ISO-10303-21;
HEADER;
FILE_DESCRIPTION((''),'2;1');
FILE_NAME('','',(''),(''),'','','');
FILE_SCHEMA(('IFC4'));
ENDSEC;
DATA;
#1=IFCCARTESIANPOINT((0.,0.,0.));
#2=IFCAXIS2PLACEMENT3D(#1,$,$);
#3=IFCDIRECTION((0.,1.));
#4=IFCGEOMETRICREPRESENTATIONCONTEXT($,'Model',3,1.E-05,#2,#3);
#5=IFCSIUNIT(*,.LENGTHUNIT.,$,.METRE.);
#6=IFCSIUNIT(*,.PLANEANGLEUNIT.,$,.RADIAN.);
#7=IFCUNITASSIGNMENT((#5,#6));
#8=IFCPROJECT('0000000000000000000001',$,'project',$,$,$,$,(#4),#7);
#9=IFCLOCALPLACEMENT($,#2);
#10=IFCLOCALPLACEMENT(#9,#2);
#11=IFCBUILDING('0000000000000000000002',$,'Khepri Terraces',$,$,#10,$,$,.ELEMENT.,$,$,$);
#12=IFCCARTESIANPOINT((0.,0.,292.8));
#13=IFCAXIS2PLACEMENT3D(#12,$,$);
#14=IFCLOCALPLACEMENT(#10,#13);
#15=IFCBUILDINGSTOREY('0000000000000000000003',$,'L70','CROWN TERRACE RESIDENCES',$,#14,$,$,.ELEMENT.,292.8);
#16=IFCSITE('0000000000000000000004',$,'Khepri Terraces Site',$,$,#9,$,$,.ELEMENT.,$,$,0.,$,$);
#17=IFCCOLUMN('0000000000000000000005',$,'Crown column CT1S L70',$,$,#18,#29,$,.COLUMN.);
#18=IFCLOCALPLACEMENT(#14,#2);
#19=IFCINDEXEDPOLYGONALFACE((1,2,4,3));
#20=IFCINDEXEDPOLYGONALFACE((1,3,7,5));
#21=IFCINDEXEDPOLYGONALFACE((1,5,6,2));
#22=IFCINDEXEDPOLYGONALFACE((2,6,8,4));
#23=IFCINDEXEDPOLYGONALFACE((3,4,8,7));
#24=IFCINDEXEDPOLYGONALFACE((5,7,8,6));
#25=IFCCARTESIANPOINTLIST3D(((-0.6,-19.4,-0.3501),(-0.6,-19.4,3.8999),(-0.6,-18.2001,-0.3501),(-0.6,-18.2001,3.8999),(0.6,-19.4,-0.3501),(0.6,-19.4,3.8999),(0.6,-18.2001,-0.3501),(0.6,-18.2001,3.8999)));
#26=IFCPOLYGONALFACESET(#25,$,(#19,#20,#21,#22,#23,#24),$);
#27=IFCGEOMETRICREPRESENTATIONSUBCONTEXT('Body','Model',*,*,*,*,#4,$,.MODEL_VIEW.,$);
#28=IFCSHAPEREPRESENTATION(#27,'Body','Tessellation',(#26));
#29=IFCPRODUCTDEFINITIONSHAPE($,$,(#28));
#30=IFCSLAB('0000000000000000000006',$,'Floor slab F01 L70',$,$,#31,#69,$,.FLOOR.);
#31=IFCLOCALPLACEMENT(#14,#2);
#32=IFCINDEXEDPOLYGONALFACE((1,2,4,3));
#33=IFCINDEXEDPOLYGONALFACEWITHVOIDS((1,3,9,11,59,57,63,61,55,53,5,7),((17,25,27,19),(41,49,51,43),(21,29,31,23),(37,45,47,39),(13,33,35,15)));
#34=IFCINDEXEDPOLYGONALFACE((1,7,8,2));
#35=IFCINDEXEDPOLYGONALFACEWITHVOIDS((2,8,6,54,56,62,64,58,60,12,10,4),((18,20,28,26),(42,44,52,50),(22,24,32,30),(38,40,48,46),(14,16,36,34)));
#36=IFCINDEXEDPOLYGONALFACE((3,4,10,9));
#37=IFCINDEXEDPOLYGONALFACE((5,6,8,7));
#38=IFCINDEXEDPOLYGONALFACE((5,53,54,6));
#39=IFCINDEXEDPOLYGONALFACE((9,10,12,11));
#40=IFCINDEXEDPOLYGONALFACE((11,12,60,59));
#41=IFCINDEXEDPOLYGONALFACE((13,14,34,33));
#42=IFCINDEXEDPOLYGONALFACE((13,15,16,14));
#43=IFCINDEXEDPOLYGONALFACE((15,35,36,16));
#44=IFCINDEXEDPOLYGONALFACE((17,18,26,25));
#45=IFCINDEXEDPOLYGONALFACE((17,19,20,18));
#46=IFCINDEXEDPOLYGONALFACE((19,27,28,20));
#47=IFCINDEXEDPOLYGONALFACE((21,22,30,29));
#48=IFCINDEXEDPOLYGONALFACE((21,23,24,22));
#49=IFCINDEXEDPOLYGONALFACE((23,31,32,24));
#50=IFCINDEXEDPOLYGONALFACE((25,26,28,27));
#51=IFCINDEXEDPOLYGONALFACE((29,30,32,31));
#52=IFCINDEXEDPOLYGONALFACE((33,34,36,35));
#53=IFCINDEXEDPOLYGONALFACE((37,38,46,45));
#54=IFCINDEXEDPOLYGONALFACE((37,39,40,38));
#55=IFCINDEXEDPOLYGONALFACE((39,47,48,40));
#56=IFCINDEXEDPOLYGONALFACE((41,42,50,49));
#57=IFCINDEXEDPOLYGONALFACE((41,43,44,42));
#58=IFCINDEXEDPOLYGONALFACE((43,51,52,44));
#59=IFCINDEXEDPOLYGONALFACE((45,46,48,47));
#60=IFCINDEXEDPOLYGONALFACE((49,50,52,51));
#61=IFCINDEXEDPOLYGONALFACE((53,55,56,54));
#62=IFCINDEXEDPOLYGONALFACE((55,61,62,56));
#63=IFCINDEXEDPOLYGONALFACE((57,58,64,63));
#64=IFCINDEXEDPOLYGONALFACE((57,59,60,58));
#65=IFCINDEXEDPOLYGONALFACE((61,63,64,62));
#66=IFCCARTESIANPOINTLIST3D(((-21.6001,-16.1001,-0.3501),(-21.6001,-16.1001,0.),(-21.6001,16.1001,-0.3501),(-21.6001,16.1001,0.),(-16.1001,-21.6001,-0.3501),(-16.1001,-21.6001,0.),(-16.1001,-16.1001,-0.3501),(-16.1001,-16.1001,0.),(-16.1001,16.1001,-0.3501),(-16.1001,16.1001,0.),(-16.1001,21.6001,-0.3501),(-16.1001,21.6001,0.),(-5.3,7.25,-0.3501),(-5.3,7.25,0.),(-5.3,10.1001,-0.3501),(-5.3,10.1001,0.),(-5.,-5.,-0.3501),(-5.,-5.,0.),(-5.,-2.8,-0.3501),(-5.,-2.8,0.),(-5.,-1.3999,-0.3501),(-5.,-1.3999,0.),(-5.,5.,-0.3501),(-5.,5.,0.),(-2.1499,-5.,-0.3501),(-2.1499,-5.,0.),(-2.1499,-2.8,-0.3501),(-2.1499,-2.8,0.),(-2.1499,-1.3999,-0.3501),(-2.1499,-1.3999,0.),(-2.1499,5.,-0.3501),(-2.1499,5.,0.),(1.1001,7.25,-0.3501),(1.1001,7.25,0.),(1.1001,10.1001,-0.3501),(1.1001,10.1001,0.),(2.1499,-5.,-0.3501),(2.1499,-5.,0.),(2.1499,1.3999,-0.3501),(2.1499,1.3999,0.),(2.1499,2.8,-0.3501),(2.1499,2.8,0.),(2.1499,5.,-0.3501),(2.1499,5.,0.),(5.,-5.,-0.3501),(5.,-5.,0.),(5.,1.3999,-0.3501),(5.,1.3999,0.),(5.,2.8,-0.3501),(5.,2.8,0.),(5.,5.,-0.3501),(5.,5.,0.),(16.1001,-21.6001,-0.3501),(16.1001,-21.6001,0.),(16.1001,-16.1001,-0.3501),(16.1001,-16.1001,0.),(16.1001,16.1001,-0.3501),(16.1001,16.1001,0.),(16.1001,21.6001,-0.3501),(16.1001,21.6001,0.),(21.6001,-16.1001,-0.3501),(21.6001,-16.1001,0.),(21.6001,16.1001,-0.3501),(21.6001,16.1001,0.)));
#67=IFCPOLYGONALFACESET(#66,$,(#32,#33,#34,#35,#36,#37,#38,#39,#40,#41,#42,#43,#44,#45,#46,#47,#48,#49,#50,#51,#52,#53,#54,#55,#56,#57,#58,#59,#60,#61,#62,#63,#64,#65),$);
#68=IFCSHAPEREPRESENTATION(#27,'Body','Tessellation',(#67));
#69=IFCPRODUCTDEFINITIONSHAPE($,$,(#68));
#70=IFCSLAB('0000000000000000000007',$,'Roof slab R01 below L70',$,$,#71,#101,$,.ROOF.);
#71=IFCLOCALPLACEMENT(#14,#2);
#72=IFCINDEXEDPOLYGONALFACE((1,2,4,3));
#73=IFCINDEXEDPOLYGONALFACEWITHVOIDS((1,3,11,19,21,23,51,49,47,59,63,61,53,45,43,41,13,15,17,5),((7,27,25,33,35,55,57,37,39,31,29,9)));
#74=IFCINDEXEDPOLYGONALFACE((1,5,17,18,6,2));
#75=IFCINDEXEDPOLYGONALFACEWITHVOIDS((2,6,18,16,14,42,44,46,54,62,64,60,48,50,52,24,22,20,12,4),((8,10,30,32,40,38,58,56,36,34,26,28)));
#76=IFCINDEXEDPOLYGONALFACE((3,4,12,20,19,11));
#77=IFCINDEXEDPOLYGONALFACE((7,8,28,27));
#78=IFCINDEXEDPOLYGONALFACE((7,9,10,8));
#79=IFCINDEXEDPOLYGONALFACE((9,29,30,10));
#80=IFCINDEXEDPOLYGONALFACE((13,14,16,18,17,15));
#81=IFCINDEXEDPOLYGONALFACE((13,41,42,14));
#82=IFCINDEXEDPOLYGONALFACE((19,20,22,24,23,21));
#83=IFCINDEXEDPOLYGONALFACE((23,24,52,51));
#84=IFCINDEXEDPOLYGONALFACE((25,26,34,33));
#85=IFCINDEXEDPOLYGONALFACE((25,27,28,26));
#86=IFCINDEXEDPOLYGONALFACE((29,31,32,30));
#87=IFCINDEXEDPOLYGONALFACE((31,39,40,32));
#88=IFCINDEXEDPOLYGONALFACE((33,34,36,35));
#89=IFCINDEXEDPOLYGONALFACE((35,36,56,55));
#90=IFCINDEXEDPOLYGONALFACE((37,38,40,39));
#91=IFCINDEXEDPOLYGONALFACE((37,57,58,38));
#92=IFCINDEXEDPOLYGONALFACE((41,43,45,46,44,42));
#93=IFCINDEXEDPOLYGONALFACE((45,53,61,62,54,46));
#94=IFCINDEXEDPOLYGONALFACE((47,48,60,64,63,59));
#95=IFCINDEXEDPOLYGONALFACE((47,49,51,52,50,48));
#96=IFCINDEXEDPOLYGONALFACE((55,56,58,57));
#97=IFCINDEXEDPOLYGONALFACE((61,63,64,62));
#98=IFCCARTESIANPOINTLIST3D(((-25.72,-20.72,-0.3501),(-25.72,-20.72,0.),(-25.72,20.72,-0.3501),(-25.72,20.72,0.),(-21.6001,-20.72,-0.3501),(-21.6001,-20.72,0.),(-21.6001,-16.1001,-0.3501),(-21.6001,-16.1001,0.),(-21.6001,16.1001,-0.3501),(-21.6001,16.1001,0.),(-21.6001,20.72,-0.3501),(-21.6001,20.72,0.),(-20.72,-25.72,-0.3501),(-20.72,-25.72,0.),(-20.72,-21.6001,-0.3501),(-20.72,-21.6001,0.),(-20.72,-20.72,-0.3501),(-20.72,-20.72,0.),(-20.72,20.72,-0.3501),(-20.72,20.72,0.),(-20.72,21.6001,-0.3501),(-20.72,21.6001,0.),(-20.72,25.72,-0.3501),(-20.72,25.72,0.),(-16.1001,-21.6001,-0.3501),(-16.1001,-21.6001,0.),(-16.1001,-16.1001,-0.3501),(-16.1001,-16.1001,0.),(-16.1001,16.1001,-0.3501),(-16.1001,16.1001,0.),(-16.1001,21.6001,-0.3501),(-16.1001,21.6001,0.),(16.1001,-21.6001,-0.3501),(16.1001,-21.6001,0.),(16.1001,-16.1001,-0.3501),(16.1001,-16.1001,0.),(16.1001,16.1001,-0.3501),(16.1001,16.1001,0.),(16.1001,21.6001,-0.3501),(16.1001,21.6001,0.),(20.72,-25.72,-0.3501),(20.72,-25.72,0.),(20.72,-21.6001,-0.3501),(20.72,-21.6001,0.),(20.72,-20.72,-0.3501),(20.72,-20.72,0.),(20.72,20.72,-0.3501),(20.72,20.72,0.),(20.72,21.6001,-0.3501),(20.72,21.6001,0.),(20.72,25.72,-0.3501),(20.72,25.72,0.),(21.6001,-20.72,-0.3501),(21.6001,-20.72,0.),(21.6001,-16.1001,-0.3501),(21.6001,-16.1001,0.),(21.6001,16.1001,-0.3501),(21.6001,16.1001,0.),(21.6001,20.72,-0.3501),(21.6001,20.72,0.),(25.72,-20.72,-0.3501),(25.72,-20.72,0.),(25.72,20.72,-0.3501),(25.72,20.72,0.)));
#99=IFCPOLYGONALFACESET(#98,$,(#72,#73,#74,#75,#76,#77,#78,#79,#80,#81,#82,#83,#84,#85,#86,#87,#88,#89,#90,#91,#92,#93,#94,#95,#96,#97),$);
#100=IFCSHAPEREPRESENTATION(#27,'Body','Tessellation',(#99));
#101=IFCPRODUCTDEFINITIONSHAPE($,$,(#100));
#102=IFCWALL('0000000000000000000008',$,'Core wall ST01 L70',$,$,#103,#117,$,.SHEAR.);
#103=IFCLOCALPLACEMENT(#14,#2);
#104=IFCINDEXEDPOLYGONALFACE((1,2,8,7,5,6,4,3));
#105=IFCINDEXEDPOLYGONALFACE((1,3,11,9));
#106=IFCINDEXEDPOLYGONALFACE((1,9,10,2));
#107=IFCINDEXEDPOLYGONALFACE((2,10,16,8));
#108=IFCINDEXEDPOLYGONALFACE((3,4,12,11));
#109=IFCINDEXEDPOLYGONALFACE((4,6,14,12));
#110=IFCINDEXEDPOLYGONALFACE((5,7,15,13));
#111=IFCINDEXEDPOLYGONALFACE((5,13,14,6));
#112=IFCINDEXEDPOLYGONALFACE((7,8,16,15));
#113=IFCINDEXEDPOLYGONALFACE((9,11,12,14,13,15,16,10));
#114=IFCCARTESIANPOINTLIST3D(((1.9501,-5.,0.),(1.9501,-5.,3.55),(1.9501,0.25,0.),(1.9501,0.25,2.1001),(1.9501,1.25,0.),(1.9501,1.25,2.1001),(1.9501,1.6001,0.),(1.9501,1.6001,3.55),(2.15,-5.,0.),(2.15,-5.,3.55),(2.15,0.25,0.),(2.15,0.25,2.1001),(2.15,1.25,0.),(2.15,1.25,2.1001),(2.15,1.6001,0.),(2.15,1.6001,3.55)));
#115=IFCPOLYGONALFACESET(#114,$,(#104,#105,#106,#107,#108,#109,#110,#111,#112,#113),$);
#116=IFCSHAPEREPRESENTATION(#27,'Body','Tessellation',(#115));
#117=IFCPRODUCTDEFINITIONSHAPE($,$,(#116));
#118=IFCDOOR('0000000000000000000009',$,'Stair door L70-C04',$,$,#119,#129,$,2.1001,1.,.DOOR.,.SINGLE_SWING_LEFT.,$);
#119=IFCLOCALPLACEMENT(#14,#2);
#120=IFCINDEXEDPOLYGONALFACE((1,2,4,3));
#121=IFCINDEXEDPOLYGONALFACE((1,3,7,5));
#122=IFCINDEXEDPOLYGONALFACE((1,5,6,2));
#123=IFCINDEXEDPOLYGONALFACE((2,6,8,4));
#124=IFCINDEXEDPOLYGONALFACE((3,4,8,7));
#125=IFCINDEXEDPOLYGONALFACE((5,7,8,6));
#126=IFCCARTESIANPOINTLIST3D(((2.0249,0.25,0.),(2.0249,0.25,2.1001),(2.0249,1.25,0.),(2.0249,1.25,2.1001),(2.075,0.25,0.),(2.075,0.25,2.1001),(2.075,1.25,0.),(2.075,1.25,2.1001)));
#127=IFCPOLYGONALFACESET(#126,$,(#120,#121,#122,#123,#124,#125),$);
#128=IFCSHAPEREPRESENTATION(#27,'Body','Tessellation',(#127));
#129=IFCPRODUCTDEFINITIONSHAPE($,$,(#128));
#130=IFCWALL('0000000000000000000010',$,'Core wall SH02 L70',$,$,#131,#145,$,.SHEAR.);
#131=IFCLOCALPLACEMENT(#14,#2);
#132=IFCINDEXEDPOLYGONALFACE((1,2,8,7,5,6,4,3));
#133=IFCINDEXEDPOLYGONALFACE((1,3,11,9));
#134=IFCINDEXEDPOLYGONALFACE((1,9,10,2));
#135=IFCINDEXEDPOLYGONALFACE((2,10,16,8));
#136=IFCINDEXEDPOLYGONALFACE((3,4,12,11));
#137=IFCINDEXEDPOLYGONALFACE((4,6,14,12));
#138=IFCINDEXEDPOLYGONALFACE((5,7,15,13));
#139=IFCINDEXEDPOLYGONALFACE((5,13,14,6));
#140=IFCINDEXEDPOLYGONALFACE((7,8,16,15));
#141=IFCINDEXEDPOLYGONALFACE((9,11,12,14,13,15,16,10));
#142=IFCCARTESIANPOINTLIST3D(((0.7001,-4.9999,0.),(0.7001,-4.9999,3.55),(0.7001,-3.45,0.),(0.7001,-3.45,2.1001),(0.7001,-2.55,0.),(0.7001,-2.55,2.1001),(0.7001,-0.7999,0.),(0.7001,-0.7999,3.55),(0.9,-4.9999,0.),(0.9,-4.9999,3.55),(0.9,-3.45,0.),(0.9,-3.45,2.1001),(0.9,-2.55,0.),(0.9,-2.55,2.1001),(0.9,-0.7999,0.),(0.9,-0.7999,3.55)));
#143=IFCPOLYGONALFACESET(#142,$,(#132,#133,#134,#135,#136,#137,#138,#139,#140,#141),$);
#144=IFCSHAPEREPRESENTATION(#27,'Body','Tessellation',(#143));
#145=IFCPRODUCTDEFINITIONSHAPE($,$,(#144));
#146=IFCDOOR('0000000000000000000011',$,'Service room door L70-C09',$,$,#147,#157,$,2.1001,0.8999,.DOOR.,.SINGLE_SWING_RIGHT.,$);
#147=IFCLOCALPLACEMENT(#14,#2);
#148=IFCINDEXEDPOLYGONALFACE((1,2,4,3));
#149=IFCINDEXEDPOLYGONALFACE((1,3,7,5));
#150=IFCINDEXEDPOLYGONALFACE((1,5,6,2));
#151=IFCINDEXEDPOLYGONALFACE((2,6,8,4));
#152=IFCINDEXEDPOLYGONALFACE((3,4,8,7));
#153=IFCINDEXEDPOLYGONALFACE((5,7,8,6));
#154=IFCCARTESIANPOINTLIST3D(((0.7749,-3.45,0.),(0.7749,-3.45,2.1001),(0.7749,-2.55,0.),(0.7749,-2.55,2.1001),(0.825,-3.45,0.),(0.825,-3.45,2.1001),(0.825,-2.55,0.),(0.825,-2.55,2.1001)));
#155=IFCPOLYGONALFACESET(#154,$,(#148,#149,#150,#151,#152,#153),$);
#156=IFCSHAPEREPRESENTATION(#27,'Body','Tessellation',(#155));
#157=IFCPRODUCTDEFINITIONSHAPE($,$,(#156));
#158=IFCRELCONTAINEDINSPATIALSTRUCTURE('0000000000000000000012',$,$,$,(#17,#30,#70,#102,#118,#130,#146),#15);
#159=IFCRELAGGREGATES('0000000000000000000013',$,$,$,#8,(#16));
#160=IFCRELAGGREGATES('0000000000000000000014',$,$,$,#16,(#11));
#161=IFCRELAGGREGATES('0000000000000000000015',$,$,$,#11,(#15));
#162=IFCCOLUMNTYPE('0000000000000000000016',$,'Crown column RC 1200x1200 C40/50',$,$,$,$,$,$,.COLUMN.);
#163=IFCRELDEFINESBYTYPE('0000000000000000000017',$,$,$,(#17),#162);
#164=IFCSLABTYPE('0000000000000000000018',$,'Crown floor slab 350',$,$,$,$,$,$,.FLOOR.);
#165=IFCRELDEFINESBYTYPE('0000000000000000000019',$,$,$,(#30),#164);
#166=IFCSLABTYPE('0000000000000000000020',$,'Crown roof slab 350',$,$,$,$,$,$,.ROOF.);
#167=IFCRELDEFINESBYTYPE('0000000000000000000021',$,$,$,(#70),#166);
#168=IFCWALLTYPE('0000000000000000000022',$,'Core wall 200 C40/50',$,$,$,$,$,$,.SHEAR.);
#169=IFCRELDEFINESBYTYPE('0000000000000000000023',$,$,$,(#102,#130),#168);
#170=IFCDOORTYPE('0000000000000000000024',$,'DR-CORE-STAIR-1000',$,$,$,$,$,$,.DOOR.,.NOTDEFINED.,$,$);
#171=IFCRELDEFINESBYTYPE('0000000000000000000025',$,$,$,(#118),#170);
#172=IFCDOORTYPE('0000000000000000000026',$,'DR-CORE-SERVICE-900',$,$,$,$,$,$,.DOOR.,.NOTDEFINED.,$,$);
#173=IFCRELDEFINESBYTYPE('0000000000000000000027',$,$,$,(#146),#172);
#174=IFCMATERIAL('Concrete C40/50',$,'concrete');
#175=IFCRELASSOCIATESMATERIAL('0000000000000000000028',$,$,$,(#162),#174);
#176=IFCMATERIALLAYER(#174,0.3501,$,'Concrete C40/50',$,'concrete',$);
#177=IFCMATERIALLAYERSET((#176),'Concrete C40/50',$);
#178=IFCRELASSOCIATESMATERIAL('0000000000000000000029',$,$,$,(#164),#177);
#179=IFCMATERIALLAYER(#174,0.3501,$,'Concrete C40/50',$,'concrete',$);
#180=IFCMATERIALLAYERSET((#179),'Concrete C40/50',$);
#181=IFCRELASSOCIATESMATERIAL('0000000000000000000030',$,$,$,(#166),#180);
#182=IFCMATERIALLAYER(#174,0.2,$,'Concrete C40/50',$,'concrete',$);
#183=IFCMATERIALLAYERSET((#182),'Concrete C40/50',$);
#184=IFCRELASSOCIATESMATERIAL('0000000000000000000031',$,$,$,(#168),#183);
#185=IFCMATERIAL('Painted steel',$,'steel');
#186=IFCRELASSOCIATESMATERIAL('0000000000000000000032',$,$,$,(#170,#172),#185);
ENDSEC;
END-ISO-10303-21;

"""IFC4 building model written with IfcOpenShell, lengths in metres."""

from ifc_helpers import new_model, si_unit, direction, frame, frame_2d, origin, origin_2d, place, context, subcontext, project, spatial, polyline, rectangle, outline, extrude, material, layer, layer_set, material_profile, profile_set, type_object, element, fill, save


model = new_model("IFC4")

# Units and contexts
model_context = context("Model", 3, precision=1e-05, world=origin(), true_north=direction((0.0, 1.0)))
body_context = subcontext(model_context, "Body", "Model", "MODEL_VIEW")
ifc_project = project(units=[si_unit("LENGTHUNIT", "METRE"), si_unit("PLANEANGLEUNIT", "RADIAN")], contexts=[model_context])

# Site, building, storey
site_placement = place(None, origin())
site = spatial("IfcSite", under=ifc_project, at=site_placement, Name="Khepri Terraces Site", CompositionType="ELEMENT", RefElevation=0.0)
building_placement = place(site_placement, origin())
building = spatial("IfcBuilding", under=site, at=building_placement, Name="Khepri Terraces", CompositionType="ELEMENT")
storey_placement = place(building_placement, frame((0.0, 0.0, 292.8)))
storey = spatial("IfcBuildingStorey", under=building, at=storey_placement, Name="L70", Description="CROWN TERRACE RESIDENCES", CompositionType="ELEMENT", Elevation=292.8)

# Column
ifc_material_1 = material(Name="Concrete C40/50", Category="concrete")
ifc_material_profile = material_profile(ifc_material_1, rectangle(XDim=1.2, YDim=1.2, at=origin_2d()), Name="Concrete C40/50", Category="concrete")
ifc_profile_set = profile_set([ifc_material_profile], Name="Concrete C40/50")
column_type = type_object("IfcColumnType", Name="Crown column RC 1200x1200 C40/50", PredefinedType="COLUMN", material=ifc_profile_set)
column_placement = place(storey_placement, frame((0.0, -18.8, -0.3501), z_axis=(0.0, 0.0, 1.0), x_axis=(1.0, 0.0, 0.0)))
element("IfcColumn", 1, at=column_placement, inside=storey, type_object=column_type, Name="Crown column CT1S L70", PredefinedType="COLUMN", context=body_context, shape_type="SweptSolid", body=[
    extrude(rectangle(XDim=1.2, YDim=1.2, at=origin_2d()), origin(), (0.0, 0.0, 1.0), 4.25),
])

# Slabs
ifc_layer_1 = layer(ifc_material_1, 0.3501, Name="Concrete C40/50", Category="concrete")
ifc_layer_set_1 = layer_set([ifc_layer_1], Name="Concrete C40/50")
slab_type_1 = type_object("IfcSlabType", Name="Crown floor slab 350", PredefinedType="FLOOR", material=ifc_layer_set_1)
slab_1_placement = place(storey_placement, frame((0.0, 0.0, -0.3501)))
element("IfcSlab", 2, at=slab_1_placement, inside=storey, type_object=slab_type_1, Name="Floor slab F01 L70", PredefinedType="FLOOR", context=body_context, shape_type="SweptSolid", body=[
    extrude(outline(polyline([(-21.6001, -16.1001), (-21.6001, 16.1001), (-16.1001, 16.1001), (-16.1001, 21.6001), (16.1001, 21.6001), (16.1001, 16.1001), (21.6001, 16.1001), (21.6001, -16.1001), (16.1001, -16.1001), (16.1001, -21.6001), (-16.1001, -21.6001), (-16.1001, -16.1001), (-21.6001, -16.1001)]), holes=[polyline([(5.0, 5.0), (2.1499, 5.0), (2.1499, 2.8), (5.0, 2.8), (5.0, 5.0)]), polyline([(-2.1499, -5.0), (-2.1499, -2.8), (-5.0, -2.8), (-5.0, -5.0), (-2.1499, -5.0)]), polyline([(-5.0, -1.3999), (-2.1499, -1.3999), (-2.1499, 5.0), (-5.0, 5.0), (-5.0, -1.3999)]), polyline([(5.0, -5.0), (5.0, 1.3999), (2.1499, 1.3999), (2.1499, -5.0), (5.0, -5.0)]), polyline([(-5.3, 10.1001), (-5.3, 7.25), (1.1001, 7.25), (1.1001, 10.1001), (-5.3, 10.1001)])]), origin(), (0.0, 0.0, 1.0), 0.3501),
])
ifc_layer_2 = layer(ifc_material_1, 0.3501, Name="Concrete C40/50", Category="concrete")
ifc_layer_set_2 = layer_set([ifc_layer_2], Name="Concrete C40/50")
slab_type_2 = type_object("IfcSlabType", Name="Crown roof slab 350", PredefinedType="ROOF", material=ifc_layer_set_2)
slab_2_placement = place(storey_placement, frame((0.0, 0.0, -0.3501)))
element("IfcSlab", 3, at=slab_2_placement, inside=storey, type_object=slab_type_2, Name="Roof slab R01 below L70", PredefinedType="ROOF", context=body_context, shape_type="SweptSolid", body=[
    extrude(outline(polyline([(-20.72, -20.72), (-21.6001, -20.72), (-25.72, -20.72), (-25.72, 20.72), (-21.6001, 20.72), (-20.72, 20.72), (-20.72, 21.6001), (-20.72, 25.72), (20.72, 25.72), (20.72, 21.6001), (20.72, 20.72), (21.6001, 20.72), (25.72, 20.72), (25.72, -20.72), (21.6001, -20.72), (20.72, -20.72), (20.72, -21.6001), (20.72, -25.72), (-20.72, -25.72), (-20.72, -21.6001), (-20.72, -20.72)]), holes=[polyline([(-21.6001, -16.1001), (-16.1001, -16.1001), (-16.1001, -21.6001), (16.1001, -21.6001), (16.1001, -16.1001), (21.6001, -16.1001), (21.6001, 16.1001), (16.1001, 16.1001), (16.1001, 21.6001), (-16.1001, 21.6001), (-16.1001, 16.1001), (-21.6001, 16.1001), (-21.6001, -16.1001)])]), origin(), (0.0, 0.0, 1.0), 0.3501),
])

# Walls, openings, doors
ifc_layer_3 = layer(ifc_material_1, 0.2, Name="Concrete C40/50", Category="concrete")
ifc_layer_set_3 = layer_set([ifc_layer_3], Name="Concrete C40/50")
wall_type_1 = type_object("IfcWallType", Name="Core wall 200 C40/50", PredefinedType="SHEAR", material=ifc_layer_set_3)
wall_1_placement = place(storey_placement, frame((2.05, -5.0, 0.0), z_axis=(0.0, 0.0, 1.0), x_axis=(0.0, 1.0, 0.0)))
wall_1 = element("IfcWall", 4, at=wall_1_placement, inside=storey, type_object=wall_type_1, Name="Core wall ST01 L70", PredefinedType="SHEAR", context=body_context, shape_type="SweptSolid", body=[
    extrude(rectangle(XDim=6.6001, YDim=0.2, at=frame_2d((3.3, 0.0))), origin(), (0.0, 0.0, 1.0), 3.55),
])
opening_1_placement = place(wall_1_placement, frame((5.25, 0.0, 0.0)))
opening_1 = element("IfcOpeningElement", 5, at=opening_1_placement, cuts=wall_1, PredefinedType="OPENING", context=body_context, shape_type="SweptSolid", body=[
    extrude(rectangle(XDim=1.0, YDim=2.1001, at=frame_2d((0.5, 1.05))), frame((0.0, 0.1099, 0.0), z_axis=(0.0, -1.0, 0.0), x_axis=(1.0, 0.0, 0.0)), (0.0, 0.0, 1.0), 0.22),
])
ifc_material_2 = material(Name="Painted steel", Category="steel")
door_type_1 = type_object("IfcDoorType", Name="DR-CORE-STAIR-1000", OperationType="NOTDEFINED", PredefinedType="DOOR", material=ifc_material_2)
door_1_placement = place(opening_1_placement, frame((1.0, 0.0, 0.0), z_axis=(0.0, 0.0, 1.0), x_axis=(-1.0, 0.0, 0.0)))
door_1 = element("IfcDoor", 6, at=door_1_placement, inside=storey, type_object=door_type_1, Name="Stair door L70-C04", OperationType="SINGLE_SWING_LEFT", OverallHeight=2.1001, OverallWidth=1.0, PredefinedType="DOOR", context=body_context, shape_type="SweptSolid", body=[
    extrude(rectangle(XDim=1.0, YDim=2.1001, at=frame_2d((0.5, 1.05))), frame((0.0, 0.0249, 0.0), z_axis=(0.0, -1.0, 0.0), x_axis=(1.0, 0.0, 0.0)), (0.0, 0.0, 1.0), 0.05),
])
fill(opening_1, door_1)
wall_2_placement = place(storey_placement, frame((0.8, -5.0, 0.0), z_axis=(0.0, 0.0, 1.0), x_axis=(0.0, 1.0, 0.0)))
wall_2 = element("IfcWall", 7, at=wall_2_placement, inside=storey, type_object=wall_type_1, Name="Core wall SH02 L70", PredefinedType="SHEAR", context=body_context, shape_type="SweptSolid", body=[
    extrude(rectangle(XDim=4.2, YDim=0.2, at=frame_2d((2.1001, 0.0))), origin(), (0.0, 0.0, 1.0), 3.55),
])
opening_2_placement = place(wall_2_placement, frame((1.55, 0.0, 0.0)))
opening_2 = element("IfcOpeningElement", 8, at=opening_2_placement, cuts=wall_2, PredefinedType="OPENING", context=body_context, shape_type="SweptSolid", body=[
    extrude(rectangle(XDim=0.8999, YDim=2.1001, at=frame_2d((0.45, 1.05))), frame((0.0, 0.1099, 0.0), z_axis=(0.0, -1.0, 0.0), x_axis=(1.0, 0.0, 0.0)), (0.0, 0.0, 1.0), 0.22),
])
door_type_2 = type_object("IfcDoorType", Name="DR-CORE-SERVICE-900", OperationType="NOTDEFINED", PredefinedType="DOOR", material=ifc_material_2)
door_2_placement = place(opening_2_placement, frame((0.8999, 0.0, 0.0), z_axis=(0.0, 0.0, 1.0), x_axis=(-1.0, 0.0, 0.0)))
door_2 = element("IfcDoor", 9, at=door_2_placement, inside=storey, type_object=door_type_2, Name="Service room door L70-C09", OperationType="SINGLE_SWING_RIGHT", OverallHeight=2.1001, OverallWidth=0.8999, PredefinedType="DOOR", context=body_context, shape_type="SweptSolid", body=[
    extrude(rectangle(XDim=0.8999, YDim=2.1001, at=frame_2d((0.45, 1.05))), frame((0.0, 0.0249, 0.0), z_axis=(0.0, -1.0, 0.0), x_axis=(1.0, 0.0, 0.0)), (0.0, 0.0, 1.0), 0.05),
])
fill(opening_2, door_2)

save(model, "model.ifc")
